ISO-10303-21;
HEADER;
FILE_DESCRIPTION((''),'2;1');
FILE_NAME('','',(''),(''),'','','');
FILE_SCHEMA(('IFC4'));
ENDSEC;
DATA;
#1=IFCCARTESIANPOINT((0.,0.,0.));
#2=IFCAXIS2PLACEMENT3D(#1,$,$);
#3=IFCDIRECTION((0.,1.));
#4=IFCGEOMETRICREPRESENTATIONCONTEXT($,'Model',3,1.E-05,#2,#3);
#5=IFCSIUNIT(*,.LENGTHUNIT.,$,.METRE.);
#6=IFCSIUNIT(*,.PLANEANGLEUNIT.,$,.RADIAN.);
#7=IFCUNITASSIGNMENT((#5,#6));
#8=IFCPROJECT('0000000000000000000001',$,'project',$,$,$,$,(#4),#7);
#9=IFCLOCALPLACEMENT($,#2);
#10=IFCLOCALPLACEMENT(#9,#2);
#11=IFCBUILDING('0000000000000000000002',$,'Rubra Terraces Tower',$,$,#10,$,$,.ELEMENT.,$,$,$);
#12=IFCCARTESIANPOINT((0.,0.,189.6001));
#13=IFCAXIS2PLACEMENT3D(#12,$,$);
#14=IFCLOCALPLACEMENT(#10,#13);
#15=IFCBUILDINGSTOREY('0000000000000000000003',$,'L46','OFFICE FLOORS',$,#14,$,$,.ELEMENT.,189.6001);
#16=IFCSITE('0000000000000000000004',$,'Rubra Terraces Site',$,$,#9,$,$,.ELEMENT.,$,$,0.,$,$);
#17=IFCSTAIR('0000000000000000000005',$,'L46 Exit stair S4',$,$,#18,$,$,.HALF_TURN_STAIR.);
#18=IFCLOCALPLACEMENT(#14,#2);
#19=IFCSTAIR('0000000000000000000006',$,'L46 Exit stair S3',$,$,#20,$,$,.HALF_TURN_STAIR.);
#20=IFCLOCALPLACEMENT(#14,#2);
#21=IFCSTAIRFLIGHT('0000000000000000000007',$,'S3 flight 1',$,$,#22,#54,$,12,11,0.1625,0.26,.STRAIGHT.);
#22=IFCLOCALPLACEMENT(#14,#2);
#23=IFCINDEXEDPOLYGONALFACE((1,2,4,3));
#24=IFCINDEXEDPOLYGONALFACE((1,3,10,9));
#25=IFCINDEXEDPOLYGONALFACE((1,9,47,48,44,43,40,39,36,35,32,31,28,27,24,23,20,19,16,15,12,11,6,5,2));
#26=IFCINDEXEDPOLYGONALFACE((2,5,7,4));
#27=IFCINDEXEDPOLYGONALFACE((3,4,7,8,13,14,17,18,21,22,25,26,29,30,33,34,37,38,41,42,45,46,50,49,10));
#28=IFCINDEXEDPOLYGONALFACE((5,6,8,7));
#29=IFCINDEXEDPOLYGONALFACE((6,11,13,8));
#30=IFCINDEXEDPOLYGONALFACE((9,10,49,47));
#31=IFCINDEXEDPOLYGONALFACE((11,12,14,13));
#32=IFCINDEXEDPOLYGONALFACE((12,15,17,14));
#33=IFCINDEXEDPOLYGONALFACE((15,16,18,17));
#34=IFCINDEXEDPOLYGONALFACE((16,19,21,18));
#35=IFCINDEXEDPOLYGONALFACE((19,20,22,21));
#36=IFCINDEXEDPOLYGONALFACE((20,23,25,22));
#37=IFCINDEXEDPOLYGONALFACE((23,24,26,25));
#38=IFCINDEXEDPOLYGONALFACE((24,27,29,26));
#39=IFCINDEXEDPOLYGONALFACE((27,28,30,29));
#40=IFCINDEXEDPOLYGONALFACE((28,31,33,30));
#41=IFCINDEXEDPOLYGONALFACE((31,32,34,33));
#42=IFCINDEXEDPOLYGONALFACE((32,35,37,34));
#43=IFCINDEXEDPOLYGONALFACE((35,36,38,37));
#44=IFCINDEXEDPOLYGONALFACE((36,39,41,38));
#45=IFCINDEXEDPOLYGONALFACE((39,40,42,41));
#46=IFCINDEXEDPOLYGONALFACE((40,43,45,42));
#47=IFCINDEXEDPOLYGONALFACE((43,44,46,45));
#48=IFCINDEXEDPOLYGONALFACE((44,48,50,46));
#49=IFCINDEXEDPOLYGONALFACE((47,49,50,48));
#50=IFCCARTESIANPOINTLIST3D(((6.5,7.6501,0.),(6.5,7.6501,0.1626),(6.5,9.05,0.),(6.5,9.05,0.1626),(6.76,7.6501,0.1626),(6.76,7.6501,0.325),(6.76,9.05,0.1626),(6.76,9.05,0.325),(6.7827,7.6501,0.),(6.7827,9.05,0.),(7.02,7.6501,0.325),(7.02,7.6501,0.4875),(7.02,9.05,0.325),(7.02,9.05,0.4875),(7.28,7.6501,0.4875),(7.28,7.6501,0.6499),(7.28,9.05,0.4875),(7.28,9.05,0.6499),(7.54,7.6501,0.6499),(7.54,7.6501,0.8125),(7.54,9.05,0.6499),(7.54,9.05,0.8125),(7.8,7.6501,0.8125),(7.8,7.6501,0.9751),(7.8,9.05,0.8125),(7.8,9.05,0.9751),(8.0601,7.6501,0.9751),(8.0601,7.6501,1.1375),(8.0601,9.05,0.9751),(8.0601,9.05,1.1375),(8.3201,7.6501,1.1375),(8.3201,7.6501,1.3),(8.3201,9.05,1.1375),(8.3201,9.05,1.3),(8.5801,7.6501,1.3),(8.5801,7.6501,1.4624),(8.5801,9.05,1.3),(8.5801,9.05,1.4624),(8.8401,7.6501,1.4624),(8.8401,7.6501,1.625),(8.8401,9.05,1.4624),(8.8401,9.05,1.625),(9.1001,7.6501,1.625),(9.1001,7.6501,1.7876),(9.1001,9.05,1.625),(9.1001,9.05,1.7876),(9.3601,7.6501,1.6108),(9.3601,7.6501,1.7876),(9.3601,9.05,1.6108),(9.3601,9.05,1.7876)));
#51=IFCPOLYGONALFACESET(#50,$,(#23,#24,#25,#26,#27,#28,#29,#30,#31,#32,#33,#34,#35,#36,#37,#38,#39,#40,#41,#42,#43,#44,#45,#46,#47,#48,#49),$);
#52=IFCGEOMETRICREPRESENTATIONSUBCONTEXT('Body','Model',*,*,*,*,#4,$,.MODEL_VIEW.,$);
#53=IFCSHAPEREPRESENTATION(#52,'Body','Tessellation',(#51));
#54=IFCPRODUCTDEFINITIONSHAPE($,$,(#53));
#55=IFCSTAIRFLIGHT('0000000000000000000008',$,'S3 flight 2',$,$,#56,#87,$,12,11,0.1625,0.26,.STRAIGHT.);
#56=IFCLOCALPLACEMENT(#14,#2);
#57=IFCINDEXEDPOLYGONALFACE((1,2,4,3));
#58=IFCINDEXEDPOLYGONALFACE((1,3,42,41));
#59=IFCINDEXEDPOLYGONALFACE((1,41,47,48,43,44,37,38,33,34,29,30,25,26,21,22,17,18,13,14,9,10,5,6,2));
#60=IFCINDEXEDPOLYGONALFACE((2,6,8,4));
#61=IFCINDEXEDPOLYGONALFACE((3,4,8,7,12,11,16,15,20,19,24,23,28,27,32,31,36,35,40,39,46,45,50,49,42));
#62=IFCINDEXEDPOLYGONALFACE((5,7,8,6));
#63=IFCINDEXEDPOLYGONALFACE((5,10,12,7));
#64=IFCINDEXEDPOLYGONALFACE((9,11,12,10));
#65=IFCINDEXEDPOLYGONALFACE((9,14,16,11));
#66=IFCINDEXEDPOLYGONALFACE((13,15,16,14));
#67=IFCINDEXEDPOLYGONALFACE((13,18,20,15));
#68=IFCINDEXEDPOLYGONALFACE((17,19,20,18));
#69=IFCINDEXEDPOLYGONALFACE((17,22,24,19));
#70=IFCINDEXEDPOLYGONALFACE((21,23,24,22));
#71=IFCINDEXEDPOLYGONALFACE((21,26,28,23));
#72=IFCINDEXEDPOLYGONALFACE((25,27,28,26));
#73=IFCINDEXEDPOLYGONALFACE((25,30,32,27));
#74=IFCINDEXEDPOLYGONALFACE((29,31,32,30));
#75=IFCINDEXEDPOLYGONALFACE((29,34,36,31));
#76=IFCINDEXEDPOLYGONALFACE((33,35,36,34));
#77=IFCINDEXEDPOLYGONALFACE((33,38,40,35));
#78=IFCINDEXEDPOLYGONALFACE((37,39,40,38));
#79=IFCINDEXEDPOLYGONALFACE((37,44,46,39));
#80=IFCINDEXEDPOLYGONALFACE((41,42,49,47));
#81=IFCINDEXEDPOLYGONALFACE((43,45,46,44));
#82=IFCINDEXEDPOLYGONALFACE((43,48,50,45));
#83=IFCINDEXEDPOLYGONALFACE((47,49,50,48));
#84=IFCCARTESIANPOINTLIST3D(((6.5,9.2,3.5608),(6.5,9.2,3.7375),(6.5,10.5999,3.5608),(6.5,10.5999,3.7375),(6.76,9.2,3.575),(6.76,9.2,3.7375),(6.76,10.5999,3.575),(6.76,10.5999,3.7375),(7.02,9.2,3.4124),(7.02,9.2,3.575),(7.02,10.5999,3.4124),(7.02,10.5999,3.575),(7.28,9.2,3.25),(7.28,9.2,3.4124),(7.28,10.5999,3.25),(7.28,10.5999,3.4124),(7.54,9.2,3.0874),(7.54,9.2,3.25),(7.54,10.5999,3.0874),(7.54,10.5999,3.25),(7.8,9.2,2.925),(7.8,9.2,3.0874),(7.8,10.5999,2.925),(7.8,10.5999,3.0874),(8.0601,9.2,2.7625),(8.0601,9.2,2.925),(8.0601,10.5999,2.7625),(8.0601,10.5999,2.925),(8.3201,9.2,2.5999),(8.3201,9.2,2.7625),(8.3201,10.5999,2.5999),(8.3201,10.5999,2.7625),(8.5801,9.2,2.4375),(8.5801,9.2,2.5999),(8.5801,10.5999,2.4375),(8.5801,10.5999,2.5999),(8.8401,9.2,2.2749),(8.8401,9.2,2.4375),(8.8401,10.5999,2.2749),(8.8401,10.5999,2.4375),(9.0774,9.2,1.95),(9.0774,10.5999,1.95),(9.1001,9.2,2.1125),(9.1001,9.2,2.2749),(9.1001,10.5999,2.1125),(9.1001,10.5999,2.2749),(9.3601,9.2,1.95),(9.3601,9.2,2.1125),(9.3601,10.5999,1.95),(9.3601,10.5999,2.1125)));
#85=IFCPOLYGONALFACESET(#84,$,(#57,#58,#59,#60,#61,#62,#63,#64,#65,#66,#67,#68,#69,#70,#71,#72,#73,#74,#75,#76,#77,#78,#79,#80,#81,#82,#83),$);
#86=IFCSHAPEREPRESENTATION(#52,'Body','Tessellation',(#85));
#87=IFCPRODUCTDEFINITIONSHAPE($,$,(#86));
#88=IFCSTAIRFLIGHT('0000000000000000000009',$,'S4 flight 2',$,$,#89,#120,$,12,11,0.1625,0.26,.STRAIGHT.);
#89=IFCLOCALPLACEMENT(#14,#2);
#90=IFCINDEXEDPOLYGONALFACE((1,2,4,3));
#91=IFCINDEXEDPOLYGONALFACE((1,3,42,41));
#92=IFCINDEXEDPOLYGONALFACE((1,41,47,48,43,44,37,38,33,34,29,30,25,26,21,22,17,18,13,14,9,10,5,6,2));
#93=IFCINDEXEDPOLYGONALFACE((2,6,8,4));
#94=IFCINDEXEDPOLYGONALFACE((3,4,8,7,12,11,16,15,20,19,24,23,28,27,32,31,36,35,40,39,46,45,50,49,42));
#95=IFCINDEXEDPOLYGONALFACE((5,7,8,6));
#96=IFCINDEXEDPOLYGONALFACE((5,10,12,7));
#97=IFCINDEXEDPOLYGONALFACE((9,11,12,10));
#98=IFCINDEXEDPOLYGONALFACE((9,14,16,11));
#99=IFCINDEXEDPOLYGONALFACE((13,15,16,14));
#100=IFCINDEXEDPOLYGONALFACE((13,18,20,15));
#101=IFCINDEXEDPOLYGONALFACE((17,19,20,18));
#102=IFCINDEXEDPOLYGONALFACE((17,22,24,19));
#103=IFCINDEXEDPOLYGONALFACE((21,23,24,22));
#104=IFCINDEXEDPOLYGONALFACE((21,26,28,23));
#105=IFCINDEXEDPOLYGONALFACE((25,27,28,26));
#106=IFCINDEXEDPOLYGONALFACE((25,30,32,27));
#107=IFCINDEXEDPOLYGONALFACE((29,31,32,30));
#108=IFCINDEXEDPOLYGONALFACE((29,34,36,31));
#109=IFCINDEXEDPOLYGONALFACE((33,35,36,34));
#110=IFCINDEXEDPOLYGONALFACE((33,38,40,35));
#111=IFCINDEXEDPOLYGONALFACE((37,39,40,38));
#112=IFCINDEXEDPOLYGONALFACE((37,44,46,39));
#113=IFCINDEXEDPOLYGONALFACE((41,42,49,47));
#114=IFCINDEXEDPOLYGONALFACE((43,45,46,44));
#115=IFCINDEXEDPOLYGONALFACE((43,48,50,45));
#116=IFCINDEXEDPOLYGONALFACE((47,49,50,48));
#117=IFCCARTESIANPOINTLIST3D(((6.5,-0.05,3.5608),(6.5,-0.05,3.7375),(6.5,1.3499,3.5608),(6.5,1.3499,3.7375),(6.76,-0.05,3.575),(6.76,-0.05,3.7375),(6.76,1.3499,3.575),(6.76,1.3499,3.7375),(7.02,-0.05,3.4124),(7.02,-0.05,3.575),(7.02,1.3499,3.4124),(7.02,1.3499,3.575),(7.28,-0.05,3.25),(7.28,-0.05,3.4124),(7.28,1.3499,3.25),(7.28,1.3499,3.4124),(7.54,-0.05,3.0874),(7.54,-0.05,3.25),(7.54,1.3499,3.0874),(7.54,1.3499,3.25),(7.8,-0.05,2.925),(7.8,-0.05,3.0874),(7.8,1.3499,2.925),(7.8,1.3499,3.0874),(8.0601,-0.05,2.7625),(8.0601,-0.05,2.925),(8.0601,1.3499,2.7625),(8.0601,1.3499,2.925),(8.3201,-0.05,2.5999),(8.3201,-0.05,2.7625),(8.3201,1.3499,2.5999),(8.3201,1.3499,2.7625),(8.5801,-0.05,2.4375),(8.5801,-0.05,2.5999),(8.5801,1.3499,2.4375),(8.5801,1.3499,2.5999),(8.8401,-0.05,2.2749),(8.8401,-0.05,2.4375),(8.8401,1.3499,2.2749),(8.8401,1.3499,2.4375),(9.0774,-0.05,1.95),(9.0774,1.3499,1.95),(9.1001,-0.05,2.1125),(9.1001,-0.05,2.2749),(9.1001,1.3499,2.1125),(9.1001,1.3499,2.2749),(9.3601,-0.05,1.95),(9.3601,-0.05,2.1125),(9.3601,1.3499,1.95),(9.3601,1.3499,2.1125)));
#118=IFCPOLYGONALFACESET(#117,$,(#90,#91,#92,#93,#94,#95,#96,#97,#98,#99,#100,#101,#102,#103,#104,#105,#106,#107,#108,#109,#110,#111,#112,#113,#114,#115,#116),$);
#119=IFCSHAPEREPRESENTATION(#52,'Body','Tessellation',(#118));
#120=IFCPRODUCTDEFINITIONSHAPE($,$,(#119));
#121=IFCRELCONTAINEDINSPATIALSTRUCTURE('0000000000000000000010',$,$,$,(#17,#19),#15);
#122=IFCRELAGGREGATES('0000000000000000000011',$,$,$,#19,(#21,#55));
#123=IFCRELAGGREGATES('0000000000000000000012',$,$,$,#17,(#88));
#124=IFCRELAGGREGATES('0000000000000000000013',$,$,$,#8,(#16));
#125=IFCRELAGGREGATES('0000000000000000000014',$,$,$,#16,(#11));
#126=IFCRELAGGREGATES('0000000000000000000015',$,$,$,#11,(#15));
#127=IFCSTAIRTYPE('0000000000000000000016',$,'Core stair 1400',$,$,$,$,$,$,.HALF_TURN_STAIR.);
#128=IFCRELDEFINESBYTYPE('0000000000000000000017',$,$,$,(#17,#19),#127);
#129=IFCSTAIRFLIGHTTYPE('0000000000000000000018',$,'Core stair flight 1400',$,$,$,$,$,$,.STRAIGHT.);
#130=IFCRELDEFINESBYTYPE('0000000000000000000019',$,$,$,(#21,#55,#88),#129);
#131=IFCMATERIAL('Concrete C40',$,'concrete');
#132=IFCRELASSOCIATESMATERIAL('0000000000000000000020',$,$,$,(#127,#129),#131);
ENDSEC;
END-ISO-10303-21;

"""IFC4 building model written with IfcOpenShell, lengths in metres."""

from ifc_helpers import new_model, si_unit, direction, frame, origin, place, context, subcontext, project, spatial, polyline, outline, extrude, material, type_object, element, aggregate, save


model = new_model("IFC4")

# Units and contexts
model_context = context("Model", 3, precision=1e-05, world=origin(), true_north=direction((0.0, 1.0)))
body_context = subcontext(model_context, "Body", "Model", "MODEL_VIEW")
ifc_project = project(units=[si_unit("LENGTHUNIT", "METRE"), si_unit("PLANEANGLEUNIT", "RADIAN")], contexts=[model_context])

# Site, building, storey
site_placement = place(None, origin())
site = spatial("IfcSite", under=ifc_project, at=site_placement, Name="Rubra Terraces Site", CompositionType="ELEMENT", RefElevation=0.0)
building_placement = place(site_placement, origin())
building = spatial("IfcBuilding", under=site, at=building_placement, Name="Rubra Terraces Tower", CompositionType="ELEMENT")
storey_placement = place(building_placement, frame((0.0, 0.0, 189.6001)))
storey = spatial("IfcBuildingStorey", under=building, at=storey_placement, Name="L46", Description="OFFICE FLOORS", CompositionType="ELEMENT", Elevation=189.6001)

# Stair
ifc_material_1 = material(Name="Concrete C40", Category="concrete")
stair_type = type_object("IfcStairType", Name="Core stair 1400", PredefinedType="HALF_TURN_STAIR", material=ifc_material_1)
stair_1_placement = place(storey_placement, origin())
stair_1 = element("IfcStair", 1, at=stair_1_placement, inside=storey, type_object=stair_type, Name="L46 Exit stair S4", PredefinedType="HALF_TURN_STAIR")

# Stair, stair flights
stair_2_placement = place(storey_placement, origin())
stair_2 = element("IfcStair", 2, at=stair_2_placement, inside=storey, type_object=stair_type, Name="L46 Exit stair S3", PredefinedType="HALF_TURN_STAIR")
stair_flight_type = type_object("IfcStairFlightType", Name="Core stair flight 1400", PredefinedType="STRAIGHT", material=ifc_material_1)
stair_flight_1_placement = place(storey_placement, frame((6.5, 8.3501, 0.0), z_axis=(0.0, 0.0, 1.0), x_axis=(1.0, 0.0, 0.0)))
stair_flight_1 = element("IfcStairFlight", 3, at=stair_flight_1_placement, type_object=stair_flight_type, Name="S3 flight 1", NumberOfRisers=12, NumberOfTreads=11, PredefinedType="STRAIGHT", RiserHeight=0.1625, TreadLength=0.26, context=body_context, shape_type="SweptSolid", body=[
    extrude(outline(polyline([(0.0, 0.0), (0.0, 0.1626), (0.26, 0.1626), (0.26, 0.325), (0.52, 0.325), (0.52, 0.4875), (0.78, 0.4875), (0.78, 0.6499), (1.04, 0.6499), (1.04, 0.8125), (1.3, 0.8125), (1.3, 0.9751), (1.5601, 0.9751), (1.5601, 1.1375), (1.8201, 1.1375), (1.8201, 1.3), (2.0801, 1.3), (2.0801, 1.4624), (2.3401, 1.4624), (2.3401, 1.625), (2.6001, 1.625), (2.6001, 1.7876), (2.8601, 1.7876), (2.8601, 1.95), (2.8601, 1.6108), (0.2827, 0.0), (0.0, 0.0)])), frame((0.0, 0.7, 0.0), z_axis=(0.0, -1.0, 0.0), x_axis=(1.0, 0.0, 0.0)), (0.0, 0.0, 1.0), 1.3999),
])
stair_flight_2_placement = place(storey_placement, frame((9.3601, 9.8999, 1.95), z_axis=(0.0, 0.0, 1.0), x_axis=(-1.0, 0.0, 0.0)))
stair_flight_2 = element("IfcStairFlight", 4, at=stair_flight_2_placement, type_object=stair_flight_type, Name="S3 flight 2", NumberOfRisers=12, NumberOfTreads=11, PredefinedType="STRAIGHT", RiserHeight=0.1625, TreadLength=0.26, context=body_context, shape_type="SweptSolid", body=[
    extrude(outline(polyline([(0.0, 0.0), (0.0, 0.1626), (0.26, 0.1626), (0.26, 0.325), (0.52, 0.325), (0.52, 0.4875), (0.78, 0.4875), (0.78, 0.6499), (1.04, 0.6499), (1.04, 0.8125), (1.3, 0.8125), (1.3, 0.9751), (1.5601, 0.9751), (1.5601, 1.1375), (1.8201, 1.1375), (1.8201, 1.3), (2.0801, 1.3), (2.0801, 1.4624), (2.3401, 1.4624), (2.3401, 1.625), (2.6001, 1.625), (2.6001, 1.7876), (2.8601, 1.7876), (2.8601, 1.95), (2.8601, 1.6108), (0.2827, 0.0), (0.0, 0.0)])), frame((0.0, 0.7, 0.0), z_axis=(0.0, -1.0, 0.0), x_axis=(1.0, 0.0, 0.0)), (0.0, 0.0, 1.0), 1.3999),
])
aggregate(stair_2, [stair_flight_1, stair_flight_2])

# Stair flight
stair_flight_3_placement = place(storey_placement, frame((9.3601, 0.6499, 1.95), z_axis=(0.0, 0.0, 1.0), x_axis=(-1.0, 0.0, 0.0)))
stair_flight_3 = element("IfcStairFlight", 5, at=stair_flight_3_placement, type_object=stair_flight_type, Name="S4 flight 2", NumberOfRisers=12, NumberOfTreads=11, PredefinedType="STRAIGHT", RiserHeight=0.1625, TreadLength=0.26, context=body_context, shape_type="SweptSolid", body=[
    extrude(outline(polyline([(0.0, 0.0), (0.0, 0.1626), (0.26, 0.1626), (0.26, 0.325), (0.52, 0.325), (0.52, 0.4875), (0.78, 0.4875), (0.78, 0.6499), (1.04, 0.6499), (1.04, 0.8125), (1.3, 0.8125), (1.3, 0.9751), (1.5601, 0.9751), (1.5601, 1.1375), (1.8201, 1.1375), (1.8201, 1.3), (2.0801, 1.3), (2.0801, 1.4624), (2.3401, 1.4624), (2.3401, 1.625), (2.6001, 1.625), (2.6001, 1.7876), (2.8601, 1.7876), (2.8601, 1.95), (2.8601, 1.6108), (0.2827, 0.0), (0.0, 0.0)])), frame((0.0, 0.7, 0.0), z_axis=(0.0, -1.0, 0.0), x_axis=(1.0, 0.0, 0.0)), (0.0, 0.0, 1.0), 1.3999),
])
aggregate(stair_1, [stair_flight_3])

save(model, "model.ifc")
